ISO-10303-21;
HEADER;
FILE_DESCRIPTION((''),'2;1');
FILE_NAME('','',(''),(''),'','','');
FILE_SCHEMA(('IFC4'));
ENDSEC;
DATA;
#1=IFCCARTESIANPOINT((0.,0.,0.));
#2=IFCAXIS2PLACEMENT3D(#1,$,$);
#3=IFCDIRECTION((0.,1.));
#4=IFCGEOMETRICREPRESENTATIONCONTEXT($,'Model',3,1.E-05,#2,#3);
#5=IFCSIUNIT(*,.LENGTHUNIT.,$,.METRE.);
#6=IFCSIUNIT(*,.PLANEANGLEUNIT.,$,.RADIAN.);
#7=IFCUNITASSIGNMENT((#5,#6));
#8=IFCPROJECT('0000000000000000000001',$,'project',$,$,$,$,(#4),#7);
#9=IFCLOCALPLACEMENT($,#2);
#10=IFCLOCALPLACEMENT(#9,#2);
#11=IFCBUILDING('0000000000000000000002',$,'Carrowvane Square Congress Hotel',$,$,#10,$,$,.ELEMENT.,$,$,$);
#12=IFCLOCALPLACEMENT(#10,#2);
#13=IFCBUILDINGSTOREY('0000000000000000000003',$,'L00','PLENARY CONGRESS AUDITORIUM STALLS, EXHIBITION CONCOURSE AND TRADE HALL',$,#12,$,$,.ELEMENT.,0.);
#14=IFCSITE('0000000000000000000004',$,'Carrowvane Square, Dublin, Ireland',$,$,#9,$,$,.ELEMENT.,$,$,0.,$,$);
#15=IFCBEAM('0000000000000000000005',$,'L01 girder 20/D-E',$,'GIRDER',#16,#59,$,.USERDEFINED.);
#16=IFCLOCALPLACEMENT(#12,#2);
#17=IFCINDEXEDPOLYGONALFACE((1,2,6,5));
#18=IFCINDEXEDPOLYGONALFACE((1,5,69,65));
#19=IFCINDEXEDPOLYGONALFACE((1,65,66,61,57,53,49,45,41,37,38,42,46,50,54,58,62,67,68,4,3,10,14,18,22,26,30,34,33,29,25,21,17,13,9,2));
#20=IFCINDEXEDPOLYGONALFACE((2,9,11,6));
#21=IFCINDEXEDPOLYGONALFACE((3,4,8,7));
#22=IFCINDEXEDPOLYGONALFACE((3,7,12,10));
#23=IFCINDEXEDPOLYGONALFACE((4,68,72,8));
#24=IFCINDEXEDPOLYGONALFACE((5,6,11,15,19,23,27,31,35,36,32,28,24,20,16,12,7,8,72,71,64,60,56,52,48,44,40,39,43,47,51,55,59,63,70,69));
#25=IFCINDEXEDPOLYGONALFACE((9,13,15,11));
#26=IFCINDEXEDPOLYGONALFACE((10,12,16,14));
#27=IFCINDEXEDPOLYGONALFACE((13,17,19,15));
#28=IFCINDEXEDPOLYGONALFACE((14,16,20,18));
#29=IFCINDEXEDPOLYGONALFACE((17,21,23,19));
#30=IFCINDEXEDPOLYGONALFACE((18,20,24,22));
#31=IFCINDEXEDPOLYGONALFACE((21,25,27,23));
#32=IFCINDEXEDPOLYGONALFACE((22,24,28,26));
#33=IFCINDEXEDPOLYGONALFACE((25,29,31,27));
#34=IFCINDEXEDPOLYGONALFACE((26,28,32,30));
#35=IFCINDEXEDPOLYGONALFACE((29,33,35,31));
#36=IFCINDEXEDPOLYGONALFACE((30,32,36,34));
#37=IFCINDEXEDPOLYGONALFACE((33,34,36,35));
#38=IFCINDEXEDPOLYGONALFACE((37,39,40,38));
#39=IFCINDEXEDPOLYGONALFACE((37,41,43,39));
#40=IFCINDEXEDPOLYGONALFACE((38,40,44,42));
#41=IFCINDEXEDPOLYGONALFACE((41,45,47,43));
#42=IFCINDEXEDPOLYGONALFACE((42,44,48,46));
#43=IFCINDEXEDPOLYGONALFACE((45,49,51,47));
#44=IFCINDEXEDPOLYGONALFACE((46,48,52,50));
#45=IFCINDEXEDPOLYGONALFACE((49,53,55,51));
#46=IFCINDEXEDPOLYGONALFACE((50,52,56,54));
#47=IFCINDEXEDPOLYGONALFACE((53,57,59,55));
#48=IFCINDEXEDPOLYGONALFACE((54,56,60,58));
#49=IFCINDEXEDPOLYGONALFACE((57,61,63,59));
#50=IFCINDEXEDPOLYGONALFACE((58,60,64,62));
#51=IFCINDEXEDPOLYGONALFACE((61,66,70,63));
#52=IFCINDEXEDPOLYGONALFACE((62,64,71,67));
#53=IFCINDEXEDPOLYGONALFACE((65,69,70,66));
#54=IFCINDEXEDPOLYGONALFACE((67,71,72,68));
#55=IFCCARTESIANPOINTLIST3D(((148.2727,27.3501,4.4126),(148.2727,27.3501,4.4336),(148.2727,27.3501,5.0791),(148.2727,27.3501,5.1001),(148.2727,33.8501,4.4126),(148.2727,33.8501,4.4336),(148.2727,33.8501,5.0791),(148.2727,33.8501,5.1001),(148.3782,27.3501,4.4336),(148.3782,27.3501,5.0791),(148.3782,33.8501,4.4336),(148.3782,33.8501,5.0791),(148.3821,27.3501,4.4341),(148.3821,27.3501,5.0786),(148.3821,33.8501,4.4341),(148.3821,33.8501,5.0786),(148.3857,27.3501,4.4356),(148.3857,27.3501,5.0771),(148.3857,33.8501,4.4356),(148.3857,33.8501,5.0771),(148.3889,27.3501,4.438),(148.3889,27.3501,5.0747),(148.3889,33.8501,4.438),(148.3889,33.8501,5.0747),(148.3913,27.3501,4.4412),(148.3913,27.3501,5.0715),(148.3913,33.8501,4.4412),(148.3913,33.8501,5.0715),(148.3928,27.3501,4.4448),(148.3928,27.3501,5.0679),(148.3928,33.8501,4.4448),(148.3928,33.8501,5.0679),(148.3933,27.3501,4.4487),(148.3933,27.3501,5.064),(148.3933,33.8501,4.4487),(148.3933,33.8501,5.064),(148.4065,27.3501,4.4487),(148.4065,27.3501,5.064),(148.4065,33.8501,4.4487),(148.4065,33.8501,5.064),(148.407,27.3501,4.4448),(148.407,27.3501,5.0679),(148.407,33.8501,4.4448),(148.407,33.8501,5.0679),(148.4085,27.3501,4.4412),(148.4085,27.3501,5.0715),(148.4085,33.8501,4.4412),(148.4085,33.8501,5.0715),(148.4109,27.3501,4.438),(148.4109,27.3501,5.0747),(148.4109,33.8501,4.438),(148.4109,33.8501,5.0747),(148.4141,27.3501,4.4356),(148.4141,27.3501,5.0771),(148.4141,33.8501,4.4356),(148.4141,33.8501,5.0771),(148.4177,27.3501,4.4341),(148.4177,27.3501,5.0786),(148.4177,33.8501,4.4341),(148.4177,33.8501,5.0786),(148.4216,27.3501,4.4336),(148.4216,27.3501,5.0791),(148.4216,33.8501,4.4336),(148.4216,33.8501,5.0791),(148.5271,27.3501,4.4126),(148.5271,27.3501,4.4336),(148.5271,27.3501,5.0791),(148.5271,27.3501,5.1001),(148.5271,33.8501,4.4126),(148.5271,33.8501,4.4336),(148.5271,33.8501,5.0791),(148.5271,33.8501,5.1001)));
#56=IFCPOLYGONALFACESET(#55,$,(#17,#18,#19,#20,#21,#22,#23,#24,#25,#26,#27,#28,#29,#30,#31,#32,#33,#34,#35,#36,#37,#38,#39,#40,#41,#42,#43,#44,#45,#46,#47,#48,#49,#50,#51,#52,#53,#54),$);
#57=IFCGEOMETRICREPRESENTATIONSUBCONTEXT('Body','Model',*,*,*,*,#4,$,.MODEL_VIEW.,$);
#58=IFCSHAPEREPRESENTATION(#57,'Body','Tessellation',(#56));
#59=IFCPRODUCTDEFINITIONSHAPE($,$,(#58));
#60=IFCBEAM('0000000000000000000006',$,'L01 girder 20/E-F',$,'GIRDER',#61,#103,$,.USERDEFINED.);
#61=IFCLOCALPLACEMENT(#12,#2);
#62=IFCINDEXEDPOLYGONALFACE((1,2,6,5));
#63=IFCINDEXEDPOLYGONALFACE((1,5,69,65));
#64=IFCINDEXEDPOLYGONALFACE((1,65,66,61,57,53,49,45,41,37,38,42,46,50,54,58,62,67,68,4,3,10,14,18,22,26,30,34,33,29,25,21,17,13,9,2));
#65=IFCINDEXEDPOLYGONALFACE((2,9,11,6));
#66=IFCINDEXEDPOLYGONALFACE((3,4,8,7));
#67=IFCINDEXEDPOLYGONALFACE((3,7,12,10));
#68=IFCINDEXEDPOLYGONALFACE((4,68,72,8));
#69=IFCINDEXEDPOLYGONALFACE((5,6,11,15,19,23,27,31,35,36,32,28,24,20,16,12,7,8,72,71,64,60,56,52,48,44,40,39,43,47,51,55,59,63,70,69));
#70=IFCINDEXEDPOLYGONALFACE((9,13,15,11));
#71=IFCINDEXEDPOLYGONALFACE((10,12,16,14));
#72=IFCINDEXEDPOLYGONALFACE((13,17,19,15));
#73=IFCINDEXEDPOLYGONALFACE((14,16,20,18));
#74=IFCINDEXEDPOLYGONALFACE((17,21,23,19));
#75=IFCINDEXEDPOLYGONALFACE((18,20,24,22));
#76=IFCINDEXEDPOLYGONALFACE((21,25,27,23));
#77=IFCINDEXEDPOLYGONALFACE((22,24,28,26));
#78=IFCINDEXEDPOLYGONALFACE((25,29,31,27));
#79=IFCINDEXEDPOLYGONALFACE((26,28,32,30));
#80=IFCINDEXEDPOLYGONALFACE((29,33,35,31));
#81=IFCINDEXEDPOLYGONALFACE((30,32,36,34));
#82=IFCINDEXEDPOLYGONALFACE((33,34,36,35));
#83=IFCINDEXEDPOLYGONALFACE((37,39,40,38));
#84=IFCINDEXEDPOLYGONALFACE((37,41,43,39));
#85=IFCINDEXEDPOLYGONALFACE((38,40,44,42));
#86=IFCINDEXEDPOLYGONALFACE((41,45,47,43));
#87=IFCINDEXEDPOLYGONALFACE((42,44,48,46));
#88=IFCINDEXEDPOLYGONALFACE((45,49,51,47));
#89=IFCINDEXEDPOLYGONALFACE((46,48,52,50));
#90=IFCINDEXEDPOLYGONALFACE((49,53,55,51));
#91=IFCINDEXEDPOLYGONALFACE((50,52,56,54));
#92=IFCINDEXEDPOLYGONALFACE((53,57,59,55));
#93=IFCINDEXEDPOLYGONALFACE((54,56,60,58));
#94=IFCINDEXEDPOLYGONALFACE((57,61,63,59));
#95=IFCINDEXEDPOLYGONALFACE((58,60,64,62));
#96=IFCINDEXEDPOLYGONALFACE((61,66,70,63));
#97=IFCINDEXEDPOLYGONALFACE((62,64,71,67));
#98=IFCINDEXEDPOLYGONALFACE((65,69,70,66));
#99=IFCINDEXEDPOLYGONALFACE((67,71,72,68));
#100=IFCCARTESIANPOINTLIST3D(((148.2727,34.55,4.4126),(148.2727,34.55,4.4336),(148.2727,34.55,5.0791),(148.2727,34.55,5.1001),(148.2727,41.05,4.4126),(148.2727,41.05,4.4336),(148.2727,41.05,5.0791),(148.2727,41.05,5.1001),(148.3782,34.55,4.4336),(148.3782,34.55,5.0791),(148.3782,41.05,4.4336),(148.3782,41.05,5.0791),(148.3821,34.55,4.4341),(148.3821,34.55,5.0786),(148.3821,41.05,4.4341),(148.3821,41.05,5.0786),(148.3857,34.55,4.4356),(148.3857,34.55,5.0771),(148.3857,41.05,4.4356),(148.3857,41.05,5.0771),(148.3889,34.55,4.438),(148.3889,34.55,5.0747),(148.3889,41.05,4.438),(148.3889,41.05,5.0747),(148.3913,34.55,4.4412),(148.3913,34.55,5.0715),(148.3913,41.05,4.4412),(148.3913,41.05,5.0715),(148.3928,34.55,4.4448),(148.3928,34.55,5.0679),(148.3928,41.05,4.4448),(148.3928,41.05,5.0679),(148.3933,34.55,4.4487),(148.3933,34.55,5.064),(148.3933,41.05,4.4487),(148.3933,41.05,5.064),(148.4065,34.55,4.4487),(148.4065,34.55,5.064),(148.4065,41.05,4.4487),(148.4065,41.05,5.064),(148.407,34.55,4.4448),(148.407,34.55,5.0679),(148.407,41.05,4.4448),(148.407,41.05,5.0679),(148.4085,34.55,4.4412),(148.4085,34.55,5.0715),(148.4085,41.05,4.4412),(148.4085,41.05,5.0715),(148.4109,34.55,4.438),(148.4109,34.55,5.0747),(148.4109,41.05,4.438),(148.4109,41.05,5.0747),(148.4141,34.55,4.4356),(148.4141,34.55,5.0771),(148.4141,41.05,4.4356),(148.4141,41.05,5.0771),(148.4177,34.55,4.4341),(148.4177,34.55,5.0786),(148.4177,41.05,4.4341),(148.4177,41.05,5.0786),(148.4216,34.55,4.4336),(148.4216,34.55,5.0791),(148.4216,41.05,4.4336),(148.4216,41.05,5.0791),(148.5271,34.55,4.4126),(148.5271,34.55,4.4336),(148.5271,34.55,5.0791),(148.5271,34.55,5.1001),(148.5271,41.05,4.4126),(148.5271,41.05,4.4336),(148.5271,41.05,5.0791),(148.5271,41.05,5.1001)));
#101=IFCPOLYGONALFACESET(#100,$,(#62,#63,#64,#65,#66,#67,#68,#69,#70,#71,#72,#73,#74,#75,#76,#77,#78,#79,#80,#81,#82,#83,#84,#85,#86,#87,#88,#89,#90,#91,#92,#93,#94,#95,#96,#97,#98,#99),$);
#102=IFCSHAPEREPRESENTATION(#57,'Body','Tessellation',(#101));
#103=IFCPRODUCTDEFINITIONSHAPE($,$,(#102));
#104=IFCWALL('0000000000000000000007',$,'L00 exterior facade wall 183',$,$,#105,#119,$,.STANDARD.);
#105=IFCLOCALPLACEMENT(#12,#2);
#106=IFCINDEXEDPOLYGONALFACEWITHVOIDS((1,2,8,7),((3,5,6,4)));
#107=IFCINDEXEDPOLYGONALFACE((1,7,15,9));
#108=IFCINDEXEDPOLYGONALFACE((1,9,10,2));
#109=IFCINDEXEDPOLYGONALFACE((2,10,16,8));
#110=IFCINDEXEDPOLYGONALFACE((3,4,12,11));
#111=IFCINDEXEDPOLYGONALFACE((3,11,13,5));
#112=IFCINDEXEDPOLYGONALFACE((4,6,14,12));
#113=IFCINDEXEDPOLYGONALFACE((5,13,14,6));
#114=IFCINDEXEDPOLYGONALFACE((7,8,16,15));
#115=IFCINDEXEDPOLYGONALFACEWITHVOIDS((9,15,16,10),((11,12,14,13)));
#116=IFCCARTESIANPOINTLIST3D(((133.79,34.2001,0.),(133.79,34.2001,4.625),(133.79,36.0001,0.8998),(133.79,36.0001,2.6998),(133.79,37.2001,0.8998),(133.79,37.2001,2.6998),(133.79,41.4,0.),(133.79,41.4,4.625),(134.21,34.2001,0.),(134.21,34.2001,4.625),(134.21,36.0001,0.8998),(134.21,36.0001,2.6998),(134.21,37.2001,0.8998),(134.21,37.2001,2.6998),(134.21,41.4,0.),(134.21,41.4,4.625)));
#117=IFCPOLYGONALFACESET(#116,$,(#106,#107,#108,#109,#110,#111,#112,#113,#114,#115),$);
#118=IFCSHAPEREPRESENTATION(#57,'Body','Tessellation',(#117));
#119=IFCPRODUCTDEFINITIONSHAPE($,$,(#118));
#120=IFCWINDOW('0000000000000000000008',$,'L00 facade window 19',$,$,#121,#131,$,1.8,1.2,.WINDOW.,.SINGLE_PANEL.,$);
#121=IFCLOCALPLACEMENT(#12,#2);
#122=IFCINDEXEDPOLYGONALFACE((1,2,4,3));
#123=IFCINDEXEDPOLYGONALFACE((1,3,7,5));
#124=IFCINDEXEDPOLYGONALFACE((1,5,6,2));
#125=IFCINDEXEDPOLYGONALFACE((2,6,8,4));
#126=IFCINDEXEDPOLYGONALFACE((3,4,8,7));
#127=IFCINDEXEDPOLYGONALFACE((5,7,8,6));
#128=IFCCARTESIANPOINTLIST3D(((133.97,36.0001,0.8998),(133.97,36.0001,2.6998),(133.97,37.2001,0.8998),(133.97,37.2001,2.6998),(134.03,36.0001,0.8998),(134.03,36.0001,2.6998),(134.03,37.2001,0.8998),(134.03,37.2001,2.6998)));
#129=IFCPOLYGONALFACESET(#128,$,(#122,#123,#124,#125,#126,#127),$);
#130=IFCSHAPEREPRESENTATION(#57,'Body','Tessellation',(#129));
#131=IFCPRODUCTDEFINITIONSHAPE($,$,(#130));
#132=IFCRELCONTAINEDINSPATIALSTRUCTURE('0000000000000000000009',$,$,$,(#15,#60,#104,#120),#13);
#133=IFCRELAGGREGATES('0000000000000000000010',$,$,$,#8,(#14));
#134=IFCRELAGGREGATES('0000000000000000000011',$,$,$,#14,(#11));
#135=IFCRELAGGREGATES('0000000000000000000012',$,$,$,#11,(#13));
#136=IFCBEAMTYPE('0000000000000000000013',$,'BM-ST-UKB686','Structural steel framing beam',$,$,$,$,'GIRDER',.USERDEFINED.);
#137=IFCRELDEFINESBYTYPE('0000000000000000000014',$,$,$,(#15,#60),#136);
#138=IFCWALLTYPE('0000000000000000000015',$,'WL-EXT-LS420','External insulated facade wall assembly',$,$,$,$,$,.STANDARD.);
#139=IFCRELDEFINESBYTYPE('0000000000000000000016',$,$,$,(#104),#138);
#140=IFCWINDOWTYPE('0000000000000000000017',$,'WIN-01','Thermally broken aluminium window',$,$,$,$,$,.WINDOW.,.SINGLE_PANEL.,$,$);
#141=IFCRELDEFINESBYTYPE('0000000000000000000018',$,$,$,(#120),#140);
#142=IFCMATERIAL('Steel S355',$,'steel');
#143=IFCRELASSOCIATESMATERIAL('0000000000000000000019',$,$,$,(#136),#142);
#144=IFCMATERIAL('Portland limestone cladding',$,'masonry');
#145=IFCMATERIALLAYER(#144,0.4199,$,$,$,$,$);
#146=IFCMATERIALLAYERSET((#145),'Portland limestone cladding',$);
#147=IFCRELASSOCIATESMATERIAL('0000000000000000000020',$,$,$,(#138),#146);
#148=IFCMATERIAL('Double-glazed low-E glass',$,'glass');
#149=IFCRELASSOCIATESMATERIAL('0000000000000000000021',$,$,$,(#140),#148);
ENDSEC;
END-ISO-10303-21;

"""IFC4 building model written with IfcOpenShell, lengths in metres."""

from ifc_helpers import new_model, si_unit, direction, frame, frame_2d, origin, origin_2d, place, context, subcontext, project, spatial, rectangle, i_section, extrude, material, layer, layer_set, material_profile, profile_set, type_object, element, fill, save


model = new_model("IFC4")

# Units and contexts
model_context = context("Model", 3, precision=1e-05, world=origin(), true_north=direction((0.0, 1.0)))
body_context = subcontext(model_context, "Body", "Model", "MODEL_VIEW")
ifc_project = project(units=[si_unit("LENGTHUNIT", "METRE"), si_unit("PLANEANGLEUNIT", "RADIAN")], contexts=[model_context])

# Site, building, storey
site_placement = place(None, origin())
site = spatial("IfcSite", under=ifc_project, at=site_placement, Name="Carrowvane Square, Dublin, Ireland", CompositionType="ELEMENT", RefElevation=0.0)
building_placement = place(site_placement, origin())
building = spatial("IfcBuilding", under=site, at=building_placement, Name="Carrowvane Square Congress Hotel", CompositionType="ELEMENT")
storey_placement = place(building_placement, origin())
storey = spatial("IfcBuildingStorey", under=building, at=storey_placement, Name="L00", Description="PLENARY CONGRESS AUDITORIUM STALLS, EXHIBITION CONCOURSE AND TRADE HALL", CompositionType="ELEMENT", Elevation=0.0)

# Beams
ifc_material_1 = material(Name="Steel S355", Category="steel")
ifc_material_profile_1 = material_profile(ifc_material_1, i_section(OverallWidth=0.2544, OverallDepth=0.6875, WebThickness=0.0132, FlangeThickness=0.021, FilletRadius=0.0151, at=origin_2d()), Name="UKB 686x254x152")
ifc_profile_set_1 = profile_set([ifc_material_profile_1], Name="Steel S355")
beam_type_1 = type_object("IfcBeamType", Name="BM-ST-UKB686", Description="Structural steel framing beam", ElementType="GIRDER", PredefinedType="USERDEFINED", material=ifc_profile_set_1)
for number, where, z_axis, x_axis, name in (
    (1, (148.3999, 27.3501, 4.7563), (0.0, 1.0, 0.0), (-1.0, 0.0, 0.0), "L01 girder 20/D-E"),
    (2, (148.3999, 34.55, 4.7563), (0.0, 1.0, 0.0), (-1.0, 0.0, 0.0), "L01 girder 20/E-F"),
):
    element("IfcBeam", number, at=place(storey_placement, frame(where, z_axis=z_axis, x_axis=x_axis)), inside=storey, type_object=beam_type_1, Name=name, ObjectType="GIRDER", PredefinedType="USERDEFINED", context=body_context, shape_type="SweptSolid", body=[
        extrude(i_section(OverallWidth=0.2544, OverallDepth=0.6875, WebThickness=0.0132, FlangeThickness=0.021, FilletRadius=0.0151, at=origin_2d()), origin(), (0.0, 0.0, 1.0), 6.5),
    ])

# Wall, opening, window
ifc_material_2 = material(Name="Portland limestone cladding", Category="masonry")
ifc_layer = layer(ifc_material_2, 0.4199)
ifc_layer_set = layer_set([ifc_layer], Name="Portland limestone cladding")
wall_type = type_object("IfcWallType", Name="WL-EXT-LS420", Description="External insulated facade wall assembly", PredefinedType="STANDARD", material=ifc_layer_set)
wall_placement = place(storey_placement, frame((134.0, 34.2, 0.0), z_axis=(0.0, 0.0, 1.0), x_axis=(0.0, 1.0, 0.0)))
wall = element("IfcWall", 3, at=wall_placement, inside=storey, type_object=wall_type, Name="L00 exterior facade wall 183", PredefinedType="STANDARD", context=body_context, shape_type="SweptSolid", body=[
    extrude(rectangle(XDim=7.2, YDim=0.4199, at=frame_2d((3.6001, 0.0))), origin(), (0.0, 0.0, 1.0), 4.625),
])
opening_placement = place(wall_placement, frame((1.8, 0.0, 0.8999)))
opening = element("IfcOpeningElement", 4, at=opening_placement, cuts=wall, PredefinedType="OPENING", context=body_context, shape_type="SweptSolid", body=[
    extrude(rectangle(XDim=1.2, YDim=1.8, at=frame_2d((0.6001, 0.8999))), frame((0.0, 0.22, 0.0), z_axis=(0.0, -1.0, 0.0), x_axis=(1.0, 0.0, 0.0)), (0.0, 0.0, 1.0), 0.4399),
])
ifc_material_3 = material(Name="Double-glazed low-E glass", Category="glass")
window_type = type_object("IfcWindowType", Name="WIN-01", Description="Thermally broken aluminium window", PartitioningType="SINGLE_PANEL", PredefinedType="WINDOW", material=ifc_material_3)
window_placement = place(opening_placement, origin())
window = element("IfcWindow", 5, at=window_placement, inside=storey, type_object=window_type, Name="L00 facade window 19", OverallHeight=1.8, OverallWidth=1.2, PartitioningType="SINGLE_PANEL", PredefinedType="WINDOW", context=body_context, shape_type="SweptSolid", body=[
    extrude(rectangle(XDim=1.2, YDim=1.8, at=frame_2d((0.6001, 0.8999))), frame((0.0, 0.03, 0.0), z_axis=(0.0, -1.0, 0.0), x_axis=(1.0, 0.0, 0.0)), (0.0, 0.0, 1.0), 0.0601),
])
fill(opening, window)

save(model, "model.ifc")
